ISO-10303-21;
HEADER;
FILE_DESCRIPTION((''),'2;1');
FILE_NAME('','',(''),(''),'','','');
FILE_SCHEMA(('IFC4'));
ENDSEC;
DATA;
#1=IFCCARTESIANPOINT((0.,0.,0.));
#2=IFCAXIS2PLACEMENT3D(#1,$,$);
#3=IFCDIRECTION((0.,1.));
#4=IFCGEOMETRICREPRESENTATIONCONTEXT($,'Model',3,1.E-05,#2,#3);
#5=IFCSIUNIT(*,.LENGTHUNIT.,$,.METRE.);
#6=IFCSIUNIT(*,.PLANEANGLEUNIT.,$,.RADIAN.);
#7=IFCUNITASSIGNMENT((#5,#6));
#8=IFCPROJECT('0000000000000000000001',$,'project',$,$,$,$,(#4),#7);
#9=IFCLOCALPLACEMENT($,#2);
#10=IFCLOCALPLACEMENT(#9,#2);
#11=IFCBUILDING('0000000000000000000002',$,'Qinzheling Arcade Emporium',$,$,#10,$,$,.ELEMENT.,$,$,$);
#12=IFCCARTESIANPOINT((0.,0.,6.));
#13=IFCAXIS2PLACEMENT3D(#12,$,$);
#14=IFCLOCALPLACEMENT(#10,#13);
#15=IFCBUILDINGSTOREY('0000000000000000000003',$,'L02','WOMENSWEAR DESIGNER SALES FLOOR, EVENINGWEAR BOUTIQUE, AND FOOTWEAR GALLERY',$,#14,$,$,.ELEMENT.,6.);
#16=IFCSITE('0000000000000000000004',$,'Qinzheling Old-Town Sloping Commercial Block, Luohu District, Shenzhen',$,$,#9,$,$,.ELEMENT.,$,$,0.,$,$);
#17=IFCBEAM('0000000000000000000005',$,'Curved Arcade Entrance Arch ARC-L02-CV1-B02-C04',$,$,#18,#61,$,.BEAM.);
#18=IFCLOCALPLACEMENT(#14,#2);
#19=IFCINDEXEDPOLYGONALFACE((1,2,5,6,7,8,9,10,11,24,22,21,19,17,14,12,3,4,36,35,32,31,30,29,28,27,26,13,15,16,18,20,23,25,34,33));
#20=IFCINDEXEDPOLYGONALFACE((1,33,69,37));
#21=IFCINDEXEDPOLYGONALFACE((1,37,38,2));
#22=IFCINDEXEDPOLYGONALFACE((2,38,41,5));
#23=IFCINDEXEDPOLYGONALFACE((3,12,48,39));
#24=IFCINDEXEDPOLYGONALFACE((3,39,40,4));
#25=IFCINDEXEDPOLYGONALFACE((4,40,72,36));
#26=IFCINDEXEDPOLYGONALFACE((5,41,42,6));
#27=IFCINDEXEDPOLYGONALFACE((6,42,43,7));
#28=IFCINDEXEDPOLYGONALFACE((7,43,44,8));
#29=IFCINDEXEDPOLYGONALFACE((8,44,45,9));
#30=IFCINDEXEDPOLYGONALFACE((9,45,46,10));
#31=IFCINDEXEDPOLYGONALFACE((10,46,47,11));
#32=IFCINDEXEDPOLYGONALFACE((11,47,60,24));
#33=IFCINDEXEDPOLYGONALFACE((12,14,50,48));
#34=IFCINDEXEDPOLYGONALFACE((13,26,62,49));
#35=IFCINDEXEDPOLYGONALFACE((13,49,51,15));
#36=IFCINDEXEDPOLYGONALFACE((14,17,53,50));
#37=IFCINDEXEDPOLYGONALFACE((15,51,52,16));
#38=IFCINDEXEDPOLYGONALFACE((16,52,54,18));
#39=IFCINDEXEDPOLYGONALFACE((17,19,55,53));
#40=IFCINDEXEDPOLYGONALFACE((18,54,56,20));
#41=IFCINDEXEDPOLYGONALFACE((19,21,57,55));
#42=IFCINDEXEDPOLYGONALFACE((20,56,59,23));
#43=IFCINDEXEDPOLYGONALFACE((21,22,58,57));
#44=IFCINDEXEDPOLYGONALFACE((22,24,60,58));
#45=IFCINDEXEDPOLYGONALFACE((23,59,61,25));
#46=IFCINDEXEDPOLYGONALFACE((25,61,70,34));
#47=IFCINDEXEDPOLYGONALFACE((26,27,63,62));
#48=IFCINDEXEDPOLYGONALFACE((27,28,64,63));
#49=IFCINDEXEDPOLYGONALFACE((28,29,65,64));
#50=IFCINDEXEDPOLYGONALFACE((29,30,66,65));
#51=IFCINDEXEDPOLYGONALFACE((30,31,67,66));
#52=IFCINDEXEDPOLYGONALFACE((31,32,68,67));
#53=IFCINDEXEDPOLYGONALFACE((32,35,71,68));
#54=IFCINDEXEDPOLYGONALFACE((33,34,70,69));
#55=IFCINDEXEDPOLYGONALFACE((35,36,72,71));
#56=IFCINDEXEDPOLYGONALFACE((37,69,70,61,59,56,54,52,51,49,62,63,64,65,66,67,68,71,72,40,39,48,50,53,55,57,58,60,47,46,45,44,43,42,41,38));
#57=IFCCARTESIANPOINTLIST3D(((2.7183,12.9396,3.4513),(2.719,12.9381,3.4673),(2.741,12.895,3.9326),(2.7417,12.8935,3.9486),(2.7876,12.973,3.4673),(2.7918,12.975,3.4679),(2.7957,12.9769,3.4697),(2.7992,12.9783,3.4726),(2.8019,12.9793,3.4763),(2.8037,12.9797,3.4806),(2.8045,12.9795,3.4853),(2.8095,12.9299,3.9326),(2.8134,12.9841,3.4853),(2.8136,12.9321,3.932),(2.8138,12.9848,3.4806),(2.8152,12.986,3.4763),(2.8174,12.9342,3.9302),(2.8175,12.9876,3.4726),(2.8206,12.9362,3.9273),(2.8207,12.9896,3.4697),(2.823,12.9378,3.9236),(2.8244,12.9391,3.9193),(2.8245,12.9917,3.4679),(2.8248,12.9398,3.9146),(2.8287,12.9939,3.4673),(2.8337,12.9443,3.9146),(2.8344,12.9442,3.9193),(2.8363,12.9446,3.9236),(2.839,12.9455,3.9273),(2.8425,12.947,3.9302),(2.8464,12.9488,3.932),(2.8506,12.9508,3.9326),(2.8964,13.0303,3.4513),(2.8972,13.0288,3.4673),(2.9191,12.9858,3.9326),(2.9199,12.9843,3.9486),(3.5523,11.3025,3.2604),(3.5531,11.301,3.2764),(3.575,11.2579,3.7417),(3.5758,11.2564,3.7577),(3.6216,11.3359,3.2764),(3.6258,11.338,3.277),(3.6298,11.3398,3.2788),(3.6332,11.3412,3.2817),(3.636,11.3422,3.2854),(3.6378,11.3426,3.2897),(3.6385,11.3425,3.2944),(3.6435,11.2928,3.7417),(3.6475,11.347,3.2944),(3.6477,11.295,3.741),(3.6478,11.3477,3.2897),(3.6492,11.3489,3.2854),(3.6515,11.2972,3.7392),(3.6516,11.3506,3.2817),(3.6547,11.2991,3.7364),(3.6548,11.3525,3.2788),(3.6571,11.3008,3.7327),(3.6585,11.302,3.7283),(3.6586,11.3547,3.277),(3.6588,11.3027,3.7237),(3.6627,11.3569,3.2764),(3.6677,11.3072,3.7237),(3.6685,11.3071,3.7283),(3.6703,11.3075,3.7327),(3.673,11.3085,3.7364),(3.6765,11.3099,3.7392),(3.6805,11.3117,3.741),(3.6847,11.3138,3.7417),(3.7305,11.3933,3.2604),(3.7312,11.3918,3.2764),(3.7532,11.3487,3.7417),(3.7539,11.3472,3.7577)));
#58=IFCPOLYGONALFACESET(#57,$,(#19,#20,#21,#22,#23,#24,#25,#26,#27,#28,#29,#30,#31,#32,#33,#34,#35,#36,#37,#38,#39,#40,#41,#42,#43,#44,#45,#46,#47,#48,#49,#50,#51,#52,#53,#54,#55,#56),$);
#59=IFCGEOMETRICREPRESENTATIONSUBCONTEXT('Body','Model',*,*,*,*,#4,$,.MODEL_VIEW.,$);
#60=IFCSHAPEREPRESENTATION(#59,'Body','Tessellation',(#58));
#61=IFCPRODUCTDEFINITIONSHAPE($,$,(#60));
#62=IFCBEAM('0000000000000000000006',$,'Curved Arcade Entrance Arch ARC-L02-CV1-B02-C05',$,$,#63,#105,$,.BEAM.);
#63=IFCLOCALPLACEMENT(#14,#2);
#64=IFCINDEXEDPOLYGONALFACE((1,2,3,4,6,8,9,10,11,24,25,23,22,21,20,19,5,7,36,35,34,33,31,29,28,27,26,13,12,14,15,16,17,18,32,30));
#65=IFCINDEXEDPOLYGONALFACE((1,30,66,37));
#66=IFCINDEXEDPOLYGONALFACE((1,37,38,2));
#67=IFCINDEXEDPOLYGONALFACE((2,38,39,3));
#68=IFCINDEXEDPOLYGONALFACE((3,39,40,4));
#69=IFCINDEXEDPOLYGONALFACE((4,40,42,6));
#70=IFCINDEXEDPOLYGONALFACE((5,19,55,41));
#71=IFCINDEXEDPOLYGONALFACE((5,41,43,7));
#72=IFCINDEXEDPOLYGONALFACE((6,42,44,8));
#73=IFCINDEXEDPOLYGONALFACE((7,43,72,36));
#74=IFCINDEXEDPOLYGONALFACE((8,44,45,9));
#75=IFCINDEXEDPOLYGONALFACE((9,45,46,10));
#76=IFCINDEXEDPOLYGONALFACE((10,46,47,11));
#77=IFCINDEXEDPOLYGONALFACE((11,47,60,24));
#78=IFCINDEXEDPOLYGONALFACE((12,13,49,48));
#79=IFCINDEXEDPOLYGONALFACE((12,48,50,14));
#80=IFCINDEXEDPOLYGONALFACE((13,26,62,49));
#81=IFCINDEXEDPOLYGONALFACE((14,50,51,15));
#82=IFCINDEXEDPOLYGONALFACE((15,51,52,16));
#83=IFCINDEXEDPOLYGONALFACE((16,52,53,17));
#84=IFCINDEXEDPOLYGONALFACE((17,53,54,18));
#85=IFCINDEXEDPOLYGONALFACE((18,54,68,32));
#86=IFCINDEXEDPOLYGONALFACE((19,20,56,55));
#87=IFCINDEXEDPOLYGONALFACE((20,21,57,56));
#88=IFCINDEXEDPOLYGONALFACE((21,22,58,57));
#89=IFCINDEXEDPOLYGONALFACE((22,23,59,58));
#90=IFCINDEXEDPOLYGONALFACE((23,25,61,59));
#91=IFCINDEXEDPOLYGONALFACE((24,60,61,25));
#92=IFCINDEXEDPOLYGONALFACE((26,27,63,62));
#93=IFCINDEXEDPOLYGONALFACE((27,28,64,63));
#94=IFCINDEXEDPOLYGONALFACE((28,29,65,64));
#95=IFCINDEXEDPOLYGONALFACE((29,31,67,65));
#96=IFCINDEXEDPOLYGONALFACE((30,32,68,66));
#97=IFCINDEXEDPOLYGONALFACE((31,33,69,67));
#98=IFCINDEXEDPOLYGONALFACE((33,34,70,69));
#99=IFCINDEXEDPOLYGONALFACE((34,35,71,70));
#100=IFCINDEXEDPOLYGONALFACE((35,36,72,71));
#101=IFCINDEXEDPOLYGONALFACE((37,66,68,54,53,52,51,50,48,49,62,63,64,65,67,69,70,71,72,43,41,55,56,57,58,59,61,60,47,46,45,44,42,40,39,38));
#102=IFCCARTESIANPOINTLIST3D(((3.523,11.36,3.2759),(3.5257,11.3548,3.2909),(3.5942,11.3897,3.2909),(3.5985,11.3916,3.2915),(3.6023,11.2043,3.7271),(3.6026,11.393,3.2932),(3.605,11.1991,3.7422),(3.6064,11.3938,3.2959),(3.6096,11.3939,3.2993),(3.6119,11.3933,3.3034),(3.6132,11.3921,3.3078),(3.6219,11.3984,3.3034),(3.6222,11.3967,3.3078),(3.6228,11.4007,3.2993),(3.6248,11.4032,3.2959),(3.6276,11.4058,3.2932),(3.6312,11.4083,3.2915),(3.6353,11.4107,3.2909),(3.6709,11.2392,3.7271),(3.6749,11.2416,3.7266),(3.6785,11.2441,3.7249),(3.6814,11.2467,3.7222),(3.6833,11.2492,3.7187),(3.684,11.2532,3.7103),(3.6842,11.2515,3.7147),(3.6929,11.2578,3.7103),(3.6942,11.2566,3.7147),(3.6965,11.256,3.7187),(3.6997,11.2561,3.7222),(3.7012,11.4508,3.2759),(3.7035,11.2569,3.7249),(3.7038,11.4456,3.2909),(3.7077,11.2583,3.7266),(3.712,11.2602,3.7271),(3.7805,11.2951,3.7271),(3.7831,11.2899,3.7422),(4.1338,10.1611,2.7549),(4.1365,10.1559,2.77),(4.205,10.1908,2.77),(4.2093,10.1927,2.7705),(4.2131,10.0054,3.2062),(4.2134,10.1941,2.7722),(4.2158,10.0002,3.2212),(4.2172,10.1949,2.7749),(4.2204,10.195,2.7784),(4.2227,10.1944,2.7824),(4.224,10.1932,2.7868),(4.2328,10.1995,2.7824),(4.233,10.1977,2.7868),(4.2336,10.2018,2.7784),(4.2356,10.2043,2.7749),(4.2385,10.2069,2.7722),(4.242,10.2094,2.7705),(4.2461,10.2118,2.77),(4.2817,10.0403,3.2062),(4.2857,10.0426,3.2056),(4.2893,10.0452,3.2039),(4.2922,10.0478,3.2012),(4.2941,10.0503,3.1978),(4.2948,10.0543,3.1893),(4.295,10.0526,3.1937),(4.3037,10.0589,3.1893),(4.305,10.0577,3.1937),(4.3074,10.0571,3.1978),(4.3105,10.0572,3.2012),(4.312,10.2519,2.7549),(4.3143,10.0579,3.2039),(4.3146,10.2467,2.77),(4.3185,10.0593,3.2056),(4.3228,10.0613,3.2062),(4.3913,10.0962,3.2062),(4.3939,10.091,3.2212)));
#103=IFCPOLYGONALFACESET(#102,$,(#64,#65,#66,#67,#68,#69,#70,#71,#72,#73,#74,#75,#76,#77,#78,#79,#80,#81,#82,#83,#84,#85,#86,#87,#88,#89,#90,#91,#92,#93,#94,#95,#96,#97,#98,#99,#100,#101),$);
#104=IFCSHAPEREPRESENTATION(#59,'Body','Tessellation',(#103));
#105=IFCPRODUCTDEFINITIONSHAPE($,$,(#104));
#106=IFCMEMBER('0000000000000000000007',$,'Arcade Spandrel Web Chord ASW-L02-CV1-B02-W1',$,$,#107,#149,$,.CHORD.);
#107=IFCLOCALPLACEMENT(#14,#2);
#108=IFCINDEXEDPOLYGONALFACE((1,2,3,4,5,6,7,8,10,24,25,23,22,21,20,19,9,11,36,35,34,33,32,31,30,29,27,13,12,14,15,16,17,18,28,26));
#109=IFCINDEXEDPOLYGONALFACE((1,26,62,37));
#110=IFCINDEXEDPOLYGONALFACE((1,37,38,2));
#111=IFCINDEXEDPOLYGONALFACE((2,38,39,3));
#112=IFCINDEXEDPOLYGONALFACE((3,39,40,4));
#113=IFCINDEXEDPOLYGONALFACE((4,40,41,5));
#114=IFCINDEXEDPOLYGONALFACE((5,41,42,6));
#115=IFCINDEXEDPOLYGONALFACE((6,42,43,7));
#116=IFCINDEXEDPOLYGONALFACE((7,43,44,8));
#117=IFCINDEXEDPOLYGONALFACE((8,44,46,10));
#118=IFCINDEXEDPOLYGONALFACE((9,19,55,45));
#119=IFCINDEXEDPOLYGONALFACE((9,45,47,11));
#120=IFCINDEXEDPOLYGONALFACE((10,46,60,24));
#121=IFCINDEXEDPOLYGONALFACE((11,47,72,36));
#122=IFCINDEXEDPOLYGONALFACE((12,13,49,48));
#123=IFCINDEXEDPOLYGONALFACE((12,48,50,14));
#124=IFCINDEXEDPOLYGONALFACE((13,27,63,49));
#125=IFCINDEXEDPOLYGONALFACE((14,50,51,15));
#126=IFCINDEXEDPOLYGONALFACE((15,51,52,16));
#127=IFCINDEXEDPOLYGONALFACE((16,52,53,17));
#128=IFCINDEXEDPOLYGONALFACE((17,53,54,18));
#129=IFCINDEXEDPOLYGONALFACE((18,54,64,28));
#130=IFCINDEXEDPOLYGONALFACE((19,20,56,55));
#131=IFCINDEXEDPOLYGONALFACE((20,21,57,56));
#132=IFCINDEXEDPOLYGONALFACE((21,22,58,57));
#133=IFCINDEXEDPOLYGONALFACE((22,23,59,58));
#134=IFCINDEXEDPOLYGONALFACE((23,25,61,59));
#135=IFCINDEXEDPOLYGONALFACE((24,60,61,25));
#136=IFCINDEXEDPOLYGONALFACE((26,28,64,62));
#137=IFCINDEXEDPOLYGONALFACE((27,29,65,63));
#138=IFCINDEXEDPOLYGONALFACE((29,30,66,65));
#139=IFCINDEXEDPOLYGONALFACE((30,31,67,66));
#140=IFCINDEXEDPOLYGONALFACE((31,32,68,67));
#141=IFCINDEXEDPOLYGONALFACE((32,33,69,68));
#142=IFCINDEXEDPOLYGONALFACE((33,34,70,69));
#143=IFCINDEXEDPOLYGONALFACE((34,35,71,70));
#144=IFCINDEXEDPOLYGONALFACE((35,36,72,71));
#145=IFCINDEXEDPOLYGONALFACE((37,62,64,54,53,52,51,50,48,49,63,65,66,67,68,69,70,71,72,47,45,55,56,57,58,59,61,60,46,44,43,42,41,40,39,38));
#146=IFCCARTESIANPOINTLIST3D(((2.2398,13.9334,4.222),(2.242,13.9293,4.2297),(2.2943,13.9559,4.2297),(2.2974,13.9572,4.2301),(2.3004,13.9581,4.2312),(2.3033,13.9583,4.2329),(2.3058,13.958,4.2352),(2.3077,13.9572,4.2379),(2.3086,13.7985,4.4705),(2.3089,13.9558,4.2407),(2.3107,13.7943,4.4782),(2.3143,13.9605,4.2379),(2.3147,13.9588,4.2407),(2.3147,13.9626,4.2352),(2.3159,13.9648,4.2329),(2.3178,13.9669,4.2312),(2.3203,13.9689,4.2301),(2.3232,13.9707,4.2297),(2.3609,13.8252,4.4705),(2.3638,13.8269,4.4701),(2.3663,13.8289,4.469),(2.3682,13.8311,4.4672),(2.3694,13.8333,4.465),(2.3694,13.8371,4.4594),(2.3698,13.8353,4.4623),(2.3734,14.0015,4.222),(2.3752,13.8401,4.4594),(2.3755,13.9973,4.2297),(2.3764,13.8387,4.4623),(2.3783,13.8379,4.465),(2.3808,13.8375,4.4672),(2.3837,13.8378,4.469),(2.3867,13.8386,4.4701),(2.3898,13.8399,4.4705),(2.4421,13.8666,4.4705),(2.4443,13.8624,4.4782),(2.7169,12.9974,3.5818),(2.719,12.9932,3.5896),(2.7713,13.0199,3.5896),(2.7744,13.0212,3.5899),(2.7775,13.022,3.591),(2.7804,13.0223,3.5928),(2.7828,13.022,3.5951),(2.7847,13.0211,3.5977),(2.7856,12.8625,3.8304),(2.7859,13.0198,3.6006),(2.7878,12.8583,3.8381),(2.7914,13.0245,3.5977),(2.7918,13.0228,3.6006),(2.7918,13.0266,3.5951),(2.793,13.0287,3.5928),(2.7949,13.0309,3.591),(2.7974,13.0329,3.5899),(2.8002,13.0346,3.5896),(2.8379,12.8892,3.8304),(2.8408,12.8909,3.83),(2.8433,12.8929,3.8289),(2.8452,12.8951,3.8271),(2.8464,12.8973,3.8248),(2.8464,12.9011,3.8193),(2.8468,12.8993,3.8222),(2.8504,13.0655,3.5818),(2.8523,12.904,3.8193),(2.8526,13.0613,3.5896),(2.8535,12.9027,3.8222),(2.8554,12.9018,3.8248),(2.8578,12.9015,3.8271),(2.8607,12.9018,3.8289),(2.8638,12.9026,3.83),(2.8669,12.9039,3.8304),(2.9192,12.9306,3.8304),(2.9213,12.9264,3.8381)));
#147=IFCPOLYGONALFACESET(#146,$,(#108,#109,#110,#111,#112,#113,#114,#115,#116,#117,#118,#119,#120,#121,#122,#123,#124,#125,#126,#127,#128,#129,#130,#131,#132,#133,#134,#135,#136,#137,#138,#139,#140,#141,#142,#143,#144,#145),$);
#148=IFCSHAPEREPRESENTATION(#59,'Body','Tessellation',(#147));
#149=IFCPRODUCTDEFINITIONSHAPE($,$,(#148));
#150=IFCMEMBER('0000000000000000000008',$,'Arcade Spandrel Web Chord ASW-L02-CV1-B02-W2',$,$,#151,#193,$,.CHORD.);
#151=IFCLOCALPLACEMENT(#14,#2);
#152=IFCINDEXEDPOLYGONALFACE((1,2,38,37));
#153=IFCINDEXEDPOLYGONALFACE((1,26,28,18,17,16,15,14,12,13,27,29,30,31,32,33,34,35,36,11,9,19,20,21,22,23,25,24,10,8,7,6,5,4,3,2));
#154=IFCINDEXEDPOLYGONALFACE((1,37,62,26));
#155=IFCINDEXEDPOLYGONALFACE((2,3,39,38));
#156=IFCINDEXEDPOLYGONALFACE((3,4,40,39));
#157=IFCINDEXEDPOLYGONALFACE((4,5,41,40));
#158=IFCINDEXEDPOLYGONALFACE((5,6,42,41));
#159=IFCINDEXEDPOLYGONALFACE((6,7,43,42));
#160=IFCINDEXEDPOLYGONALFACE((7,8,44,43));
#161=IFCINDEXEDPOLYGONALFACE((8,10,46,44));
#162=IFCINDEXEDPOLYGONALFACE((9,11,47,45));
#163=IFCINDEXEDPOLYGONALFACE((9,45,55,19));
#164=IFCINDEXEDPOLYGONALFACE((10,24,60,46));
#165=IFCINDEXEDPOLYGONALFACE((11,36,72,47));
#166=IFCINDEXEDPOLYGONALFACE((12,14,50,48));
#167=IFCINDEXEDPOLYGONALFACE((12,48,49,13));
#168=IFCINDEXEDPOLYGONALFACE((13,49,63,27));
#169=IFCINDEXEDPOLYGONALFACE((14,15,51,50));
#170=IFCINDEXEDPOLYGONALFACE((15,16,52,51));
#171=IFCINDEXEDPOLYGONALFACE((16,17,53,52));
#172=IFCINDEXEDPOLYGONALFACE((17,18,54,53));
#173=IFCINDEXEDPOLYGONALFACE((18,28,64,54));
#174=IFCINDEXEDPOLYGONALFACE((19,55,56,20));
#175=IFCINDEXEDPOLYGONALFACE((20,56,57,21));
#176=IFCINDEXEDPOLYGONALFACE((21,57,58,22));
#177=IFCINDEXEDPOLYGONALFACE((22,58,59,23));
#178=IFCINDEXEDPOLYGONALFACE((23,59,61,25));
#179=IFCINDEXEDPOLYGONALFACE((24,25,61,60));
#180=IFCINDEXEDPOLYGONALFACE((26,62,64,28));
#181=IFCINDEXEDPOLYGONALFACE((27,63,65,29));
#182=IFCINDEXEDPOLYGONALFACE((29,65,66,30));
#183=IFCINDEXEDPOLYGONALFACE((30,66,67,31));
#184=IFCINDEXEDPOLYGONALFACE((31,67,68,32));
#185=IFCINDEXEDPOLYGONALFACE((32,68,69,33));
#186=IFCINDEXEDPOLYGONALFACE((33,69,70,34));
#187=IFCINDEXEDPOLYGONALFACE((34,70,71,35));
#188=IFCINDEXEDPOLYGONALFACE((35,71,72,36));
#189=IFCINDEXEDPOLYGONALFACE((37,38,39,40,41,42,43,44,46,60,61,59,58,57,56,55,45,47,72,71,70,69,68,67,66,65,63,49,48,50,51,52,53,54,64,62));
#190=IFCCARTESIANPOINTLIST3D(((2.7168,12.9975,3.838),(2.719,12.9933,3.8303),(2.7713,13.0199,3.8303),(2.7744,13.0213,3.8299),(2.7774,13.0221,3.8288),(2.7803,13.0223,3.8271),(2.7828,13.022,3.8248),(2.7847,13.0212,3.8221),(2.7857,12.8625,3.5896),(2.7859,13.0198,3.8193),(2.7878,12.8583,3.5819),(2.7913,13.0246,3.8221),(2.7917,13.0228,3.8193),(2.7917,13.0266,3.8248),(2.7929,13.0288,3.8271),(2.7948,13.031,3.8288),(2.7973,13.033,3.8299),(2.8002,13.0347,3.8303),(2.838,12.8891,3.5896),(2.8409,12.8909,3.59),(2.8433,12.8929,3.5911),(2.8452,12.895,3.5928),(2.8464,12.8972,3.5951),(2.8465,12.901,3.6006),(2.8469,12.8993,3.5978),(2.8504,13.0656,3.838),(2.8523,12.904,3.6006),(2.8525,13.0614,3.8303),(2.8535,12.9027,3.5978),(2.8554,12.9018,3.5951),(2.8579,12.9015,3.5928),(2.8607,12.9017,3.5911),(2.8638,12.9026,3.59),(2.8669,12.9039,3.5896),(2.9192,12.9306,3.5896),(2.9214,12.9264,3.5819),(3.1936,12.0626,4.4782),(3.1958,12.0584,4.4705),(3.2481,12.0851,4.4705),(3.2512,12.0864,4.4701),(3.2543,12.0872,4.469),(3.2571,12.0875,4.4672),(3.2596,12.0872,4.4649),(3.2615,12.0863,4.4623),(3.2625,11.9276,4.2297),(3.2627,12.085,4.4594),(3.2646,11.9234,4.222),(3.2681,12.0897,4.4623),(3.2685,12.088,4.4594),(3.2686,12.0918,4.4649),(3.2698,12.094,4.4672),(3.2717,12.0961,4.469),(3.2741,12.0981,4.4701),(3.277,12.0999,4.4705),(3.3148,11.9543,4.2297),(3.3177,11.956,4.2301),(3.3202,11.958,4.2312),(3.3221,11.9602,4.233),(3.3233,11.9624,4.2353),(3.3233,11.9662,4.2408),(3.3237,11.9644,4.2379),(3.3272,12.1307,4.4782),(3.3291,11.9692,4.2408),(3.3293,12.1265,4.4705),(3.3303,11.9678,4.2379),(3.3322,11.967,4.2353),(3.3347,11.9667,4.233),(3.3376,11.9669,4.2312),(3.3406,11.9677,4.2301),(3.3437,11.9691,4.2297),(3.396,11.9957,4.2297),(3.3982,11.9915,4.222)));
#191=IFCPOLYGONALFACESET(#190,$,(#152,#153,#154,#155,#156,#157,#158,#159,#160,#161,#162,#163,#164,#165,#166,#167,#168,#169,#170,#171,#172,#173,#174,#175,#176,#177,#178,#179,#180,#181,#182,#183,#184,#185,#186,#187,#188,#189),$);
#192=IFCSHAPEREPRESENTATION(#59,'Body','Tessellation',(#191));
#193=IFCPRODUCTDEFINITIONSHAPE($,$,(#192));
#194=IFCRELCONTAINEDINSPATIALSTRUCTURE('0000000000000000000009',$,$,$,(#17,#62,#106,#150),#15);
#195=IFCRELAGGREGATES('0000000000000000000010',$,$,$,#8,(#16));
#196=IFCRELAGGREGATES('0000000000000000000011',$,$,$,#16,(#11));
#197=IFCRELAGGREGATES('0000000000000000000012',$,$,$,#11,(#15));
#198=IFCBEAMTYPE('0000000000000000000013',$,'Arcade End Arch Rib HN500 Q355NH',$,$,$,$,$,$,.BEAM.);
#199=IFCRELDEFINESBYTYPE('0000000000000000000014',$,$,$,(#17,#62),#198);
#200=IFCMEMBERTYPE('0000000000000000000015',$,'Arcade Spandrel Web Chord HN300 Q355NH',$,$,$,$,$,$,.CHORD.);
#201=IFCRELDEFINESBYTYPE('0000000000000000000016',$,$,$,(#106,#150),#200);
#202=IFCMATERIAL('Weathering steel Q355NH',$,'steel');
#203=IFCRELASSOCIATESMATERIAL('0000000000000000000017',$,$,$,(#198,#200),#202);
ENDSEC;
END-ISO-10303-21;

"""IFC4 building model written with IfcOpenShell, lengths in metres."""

from ifc_helpers import new_model, si_unit, direction, frame, origin, origin_2d, place, context, subcontext, project, spatial, i_section, extrude, material, material_profile, profile_set, type_object, element, save


model = new_model("IFC4")

# Units and contexts
model_context = context("Model", 3, precision=1e-05, world=origin(), true_north=direction((0.0, 1.0)))
body_context = subcontext(model_context, "Body", "Model", "MODEL_VIEW")
ifc_project = project(units=[si_unit("LENGTHUNIT", "METRE"), si_unit("PLANEANGLEUNIT", "RADIAN")], contexts=[model_context])

# Site, building, storey
site_placement = place(None, origin())
site = spatial("IfcSite", under=ifc_project, at=site_placement, Name="Qinzheling Old-Town Sloping Commercial Block, Luohu District, Shenzhen", CompositionType="ELEMENT", RefElevation=0.0)
building_placement = place(site_placement, origin())
building = spatial("IfcBuilding", under=site, at=building_placement, Name="Qinzheling Arcade Emporium", CompositionType="ELEMENT")
storey_placement = place(building_placement, frame((0.0, 0.0, 6.0)))
storey = spatial("IfcBuildingStorey", under=building, at=storey_placement, Name="L02", Description="WOMENSWEAR DESIGNER SALES FLOOR, EVENINGWEAR BOUTIQUE, AND FOOTWEAR GALLERY", CompositionType="ELEMENT", Elevation=6.0)

# Beams
ifc_material_1 = material(Name="Weathering steel Q355NH", Category="steel")
ifc_material_profile_1 = material_profile(ifc_material_1, i_section(OverallWidth=0.2, OverallDepth=0.5, WebThickness=0.01, FlangeThickness=0.0161, FilletRadius=0.0181, at=origin_2d()), Name="HN 500x200x10x16", Category="steel")
ifc_profile_set_1 = profile_set([ifc_material_profile_1], Name="Weathering steel Q355NH")
beam_type = type_object("IfcBeamType", Name="Arcade End Arch Rib HN500 Q355NH", PredefinedType="BEAM", material=ifc_profile_set_1)
beam_1_placement = place(storey_placement, frame((2.8191, 12.9619, 3.7), z_axis=(0.45152, -0.886254, -0.103363), x_axis=(0.891026, 0.453952, 0.0)))
element("IfcBeam", 1, at=beam_1_placement, inside=storey, type_object=beam_type, Name="Curved Arcade Entrance Arch ARC-L02-CV1-B02-C04", PredefinedType="BEAM", context=body_context, shape_type="SweptSolid", body=[
    extrude(i_section(OverallWidth=0.2, OverallDepth=0.5, WebThickness=0.01, FlangeThickness=0.0161, FilletRadius=0.0181, at=origin_2d()), origin(), (0.0, 0.0, 1.0), 1.8472),
])
beam_2_placement = place(storey_placement, frame((3.6531, 11.325, 3.509), z_axis=(0.423327, -0.830919, -0.361063), x_axis=(0.891027, 0.45395, 0.0)))
element("IfcBeam", 2, at=beam_2_placement, inside=storey, type_object=beam_type, Name="Curved Arcade Entrance Arch ARC-L02-CV1-B02-C05", PredefinedType="BEAM", context=body_context, shape_type="SweptSolid", body=[
    extrude(i_section(OverallWidth=0.2, OverallDepth=0.5, WebThickness=0.01, FlangeThickness=0.0161, FilletRadius=0.0181, at=origin_2d()), origin(), (0.0, 0.0, 1.0), 1.4429),
])

# Members
ifc_material_profile_2 = material_profile(ifc_material_1, i_section(OverallWidth=0.1499, OverallDepth=0.3, WebThickness=0.0066, FlangeThickness=0.009, FilletRadius=0.0129, at=origin_2d()), Name="HN 300x150x6.5x9", Category="steel")
ifc_profile_set_2 = profile_set([ifc_material_profile_2], Name="Weathering steel Q355NH")
member_type_1 = type_object("IfcMemberType", Name="Arcade Spandrel Web Chord HN300 Q355NH", PredefinedType="CHORD", material=ifc_profile_set_2)
member_1_placement = place(storey_placement, frame((2.8191, 12.9619, 3.71), z_axis=(-0.387767, 0.76085, 0.520331), x_axis=(-0.890961, -0.454079, 0.0)))
element("IfcMember", 3, at=member_1_placement, inside=storey, type_object=member_type_1, Name="Arcade Spandrel Web Chord ASW-L02-CV1-B02-W1", PredefinedType="CHORD", context=body_context, shape_type="SweptSolid", body=[
    extrude(i_section(OverallWidth=0.1499, OverallDepth=0.3, WebThickness=0.0066, FlangeThickness=0.009, FilletRadius=0.0129, at=origin_2d()), origin(), (0.0, 0.0, 1.0), 1.2302),
])
member_2_placement = place(storey_placement, frame((2.8191, 12.9619, 3.71), z_axis=(0.387892, -0.76049, 0.520764), x_axis=(0.890816, 0.454365, 0.0)))
element("IfcMember", 4, at=member_2_placement, inside=storey, type_object=member_type_1, Name="Arcade Spandrel Web Chord ASW-L02-CV1-B02-W2", PredefinedType="CHORD", context=body_context, shape_type="SweptSolid", body=[
    extrude(i_section(OverallWidth=0.1499, OverallDepth=0.3, WebThickness=0.0066, FlangeThickness=0.009, FilletRadius=0.0129, at=origin_2d()), origin(), (0.0, 0.0, 1.0), 1.2292),
])

save(model, "model.ifc")
